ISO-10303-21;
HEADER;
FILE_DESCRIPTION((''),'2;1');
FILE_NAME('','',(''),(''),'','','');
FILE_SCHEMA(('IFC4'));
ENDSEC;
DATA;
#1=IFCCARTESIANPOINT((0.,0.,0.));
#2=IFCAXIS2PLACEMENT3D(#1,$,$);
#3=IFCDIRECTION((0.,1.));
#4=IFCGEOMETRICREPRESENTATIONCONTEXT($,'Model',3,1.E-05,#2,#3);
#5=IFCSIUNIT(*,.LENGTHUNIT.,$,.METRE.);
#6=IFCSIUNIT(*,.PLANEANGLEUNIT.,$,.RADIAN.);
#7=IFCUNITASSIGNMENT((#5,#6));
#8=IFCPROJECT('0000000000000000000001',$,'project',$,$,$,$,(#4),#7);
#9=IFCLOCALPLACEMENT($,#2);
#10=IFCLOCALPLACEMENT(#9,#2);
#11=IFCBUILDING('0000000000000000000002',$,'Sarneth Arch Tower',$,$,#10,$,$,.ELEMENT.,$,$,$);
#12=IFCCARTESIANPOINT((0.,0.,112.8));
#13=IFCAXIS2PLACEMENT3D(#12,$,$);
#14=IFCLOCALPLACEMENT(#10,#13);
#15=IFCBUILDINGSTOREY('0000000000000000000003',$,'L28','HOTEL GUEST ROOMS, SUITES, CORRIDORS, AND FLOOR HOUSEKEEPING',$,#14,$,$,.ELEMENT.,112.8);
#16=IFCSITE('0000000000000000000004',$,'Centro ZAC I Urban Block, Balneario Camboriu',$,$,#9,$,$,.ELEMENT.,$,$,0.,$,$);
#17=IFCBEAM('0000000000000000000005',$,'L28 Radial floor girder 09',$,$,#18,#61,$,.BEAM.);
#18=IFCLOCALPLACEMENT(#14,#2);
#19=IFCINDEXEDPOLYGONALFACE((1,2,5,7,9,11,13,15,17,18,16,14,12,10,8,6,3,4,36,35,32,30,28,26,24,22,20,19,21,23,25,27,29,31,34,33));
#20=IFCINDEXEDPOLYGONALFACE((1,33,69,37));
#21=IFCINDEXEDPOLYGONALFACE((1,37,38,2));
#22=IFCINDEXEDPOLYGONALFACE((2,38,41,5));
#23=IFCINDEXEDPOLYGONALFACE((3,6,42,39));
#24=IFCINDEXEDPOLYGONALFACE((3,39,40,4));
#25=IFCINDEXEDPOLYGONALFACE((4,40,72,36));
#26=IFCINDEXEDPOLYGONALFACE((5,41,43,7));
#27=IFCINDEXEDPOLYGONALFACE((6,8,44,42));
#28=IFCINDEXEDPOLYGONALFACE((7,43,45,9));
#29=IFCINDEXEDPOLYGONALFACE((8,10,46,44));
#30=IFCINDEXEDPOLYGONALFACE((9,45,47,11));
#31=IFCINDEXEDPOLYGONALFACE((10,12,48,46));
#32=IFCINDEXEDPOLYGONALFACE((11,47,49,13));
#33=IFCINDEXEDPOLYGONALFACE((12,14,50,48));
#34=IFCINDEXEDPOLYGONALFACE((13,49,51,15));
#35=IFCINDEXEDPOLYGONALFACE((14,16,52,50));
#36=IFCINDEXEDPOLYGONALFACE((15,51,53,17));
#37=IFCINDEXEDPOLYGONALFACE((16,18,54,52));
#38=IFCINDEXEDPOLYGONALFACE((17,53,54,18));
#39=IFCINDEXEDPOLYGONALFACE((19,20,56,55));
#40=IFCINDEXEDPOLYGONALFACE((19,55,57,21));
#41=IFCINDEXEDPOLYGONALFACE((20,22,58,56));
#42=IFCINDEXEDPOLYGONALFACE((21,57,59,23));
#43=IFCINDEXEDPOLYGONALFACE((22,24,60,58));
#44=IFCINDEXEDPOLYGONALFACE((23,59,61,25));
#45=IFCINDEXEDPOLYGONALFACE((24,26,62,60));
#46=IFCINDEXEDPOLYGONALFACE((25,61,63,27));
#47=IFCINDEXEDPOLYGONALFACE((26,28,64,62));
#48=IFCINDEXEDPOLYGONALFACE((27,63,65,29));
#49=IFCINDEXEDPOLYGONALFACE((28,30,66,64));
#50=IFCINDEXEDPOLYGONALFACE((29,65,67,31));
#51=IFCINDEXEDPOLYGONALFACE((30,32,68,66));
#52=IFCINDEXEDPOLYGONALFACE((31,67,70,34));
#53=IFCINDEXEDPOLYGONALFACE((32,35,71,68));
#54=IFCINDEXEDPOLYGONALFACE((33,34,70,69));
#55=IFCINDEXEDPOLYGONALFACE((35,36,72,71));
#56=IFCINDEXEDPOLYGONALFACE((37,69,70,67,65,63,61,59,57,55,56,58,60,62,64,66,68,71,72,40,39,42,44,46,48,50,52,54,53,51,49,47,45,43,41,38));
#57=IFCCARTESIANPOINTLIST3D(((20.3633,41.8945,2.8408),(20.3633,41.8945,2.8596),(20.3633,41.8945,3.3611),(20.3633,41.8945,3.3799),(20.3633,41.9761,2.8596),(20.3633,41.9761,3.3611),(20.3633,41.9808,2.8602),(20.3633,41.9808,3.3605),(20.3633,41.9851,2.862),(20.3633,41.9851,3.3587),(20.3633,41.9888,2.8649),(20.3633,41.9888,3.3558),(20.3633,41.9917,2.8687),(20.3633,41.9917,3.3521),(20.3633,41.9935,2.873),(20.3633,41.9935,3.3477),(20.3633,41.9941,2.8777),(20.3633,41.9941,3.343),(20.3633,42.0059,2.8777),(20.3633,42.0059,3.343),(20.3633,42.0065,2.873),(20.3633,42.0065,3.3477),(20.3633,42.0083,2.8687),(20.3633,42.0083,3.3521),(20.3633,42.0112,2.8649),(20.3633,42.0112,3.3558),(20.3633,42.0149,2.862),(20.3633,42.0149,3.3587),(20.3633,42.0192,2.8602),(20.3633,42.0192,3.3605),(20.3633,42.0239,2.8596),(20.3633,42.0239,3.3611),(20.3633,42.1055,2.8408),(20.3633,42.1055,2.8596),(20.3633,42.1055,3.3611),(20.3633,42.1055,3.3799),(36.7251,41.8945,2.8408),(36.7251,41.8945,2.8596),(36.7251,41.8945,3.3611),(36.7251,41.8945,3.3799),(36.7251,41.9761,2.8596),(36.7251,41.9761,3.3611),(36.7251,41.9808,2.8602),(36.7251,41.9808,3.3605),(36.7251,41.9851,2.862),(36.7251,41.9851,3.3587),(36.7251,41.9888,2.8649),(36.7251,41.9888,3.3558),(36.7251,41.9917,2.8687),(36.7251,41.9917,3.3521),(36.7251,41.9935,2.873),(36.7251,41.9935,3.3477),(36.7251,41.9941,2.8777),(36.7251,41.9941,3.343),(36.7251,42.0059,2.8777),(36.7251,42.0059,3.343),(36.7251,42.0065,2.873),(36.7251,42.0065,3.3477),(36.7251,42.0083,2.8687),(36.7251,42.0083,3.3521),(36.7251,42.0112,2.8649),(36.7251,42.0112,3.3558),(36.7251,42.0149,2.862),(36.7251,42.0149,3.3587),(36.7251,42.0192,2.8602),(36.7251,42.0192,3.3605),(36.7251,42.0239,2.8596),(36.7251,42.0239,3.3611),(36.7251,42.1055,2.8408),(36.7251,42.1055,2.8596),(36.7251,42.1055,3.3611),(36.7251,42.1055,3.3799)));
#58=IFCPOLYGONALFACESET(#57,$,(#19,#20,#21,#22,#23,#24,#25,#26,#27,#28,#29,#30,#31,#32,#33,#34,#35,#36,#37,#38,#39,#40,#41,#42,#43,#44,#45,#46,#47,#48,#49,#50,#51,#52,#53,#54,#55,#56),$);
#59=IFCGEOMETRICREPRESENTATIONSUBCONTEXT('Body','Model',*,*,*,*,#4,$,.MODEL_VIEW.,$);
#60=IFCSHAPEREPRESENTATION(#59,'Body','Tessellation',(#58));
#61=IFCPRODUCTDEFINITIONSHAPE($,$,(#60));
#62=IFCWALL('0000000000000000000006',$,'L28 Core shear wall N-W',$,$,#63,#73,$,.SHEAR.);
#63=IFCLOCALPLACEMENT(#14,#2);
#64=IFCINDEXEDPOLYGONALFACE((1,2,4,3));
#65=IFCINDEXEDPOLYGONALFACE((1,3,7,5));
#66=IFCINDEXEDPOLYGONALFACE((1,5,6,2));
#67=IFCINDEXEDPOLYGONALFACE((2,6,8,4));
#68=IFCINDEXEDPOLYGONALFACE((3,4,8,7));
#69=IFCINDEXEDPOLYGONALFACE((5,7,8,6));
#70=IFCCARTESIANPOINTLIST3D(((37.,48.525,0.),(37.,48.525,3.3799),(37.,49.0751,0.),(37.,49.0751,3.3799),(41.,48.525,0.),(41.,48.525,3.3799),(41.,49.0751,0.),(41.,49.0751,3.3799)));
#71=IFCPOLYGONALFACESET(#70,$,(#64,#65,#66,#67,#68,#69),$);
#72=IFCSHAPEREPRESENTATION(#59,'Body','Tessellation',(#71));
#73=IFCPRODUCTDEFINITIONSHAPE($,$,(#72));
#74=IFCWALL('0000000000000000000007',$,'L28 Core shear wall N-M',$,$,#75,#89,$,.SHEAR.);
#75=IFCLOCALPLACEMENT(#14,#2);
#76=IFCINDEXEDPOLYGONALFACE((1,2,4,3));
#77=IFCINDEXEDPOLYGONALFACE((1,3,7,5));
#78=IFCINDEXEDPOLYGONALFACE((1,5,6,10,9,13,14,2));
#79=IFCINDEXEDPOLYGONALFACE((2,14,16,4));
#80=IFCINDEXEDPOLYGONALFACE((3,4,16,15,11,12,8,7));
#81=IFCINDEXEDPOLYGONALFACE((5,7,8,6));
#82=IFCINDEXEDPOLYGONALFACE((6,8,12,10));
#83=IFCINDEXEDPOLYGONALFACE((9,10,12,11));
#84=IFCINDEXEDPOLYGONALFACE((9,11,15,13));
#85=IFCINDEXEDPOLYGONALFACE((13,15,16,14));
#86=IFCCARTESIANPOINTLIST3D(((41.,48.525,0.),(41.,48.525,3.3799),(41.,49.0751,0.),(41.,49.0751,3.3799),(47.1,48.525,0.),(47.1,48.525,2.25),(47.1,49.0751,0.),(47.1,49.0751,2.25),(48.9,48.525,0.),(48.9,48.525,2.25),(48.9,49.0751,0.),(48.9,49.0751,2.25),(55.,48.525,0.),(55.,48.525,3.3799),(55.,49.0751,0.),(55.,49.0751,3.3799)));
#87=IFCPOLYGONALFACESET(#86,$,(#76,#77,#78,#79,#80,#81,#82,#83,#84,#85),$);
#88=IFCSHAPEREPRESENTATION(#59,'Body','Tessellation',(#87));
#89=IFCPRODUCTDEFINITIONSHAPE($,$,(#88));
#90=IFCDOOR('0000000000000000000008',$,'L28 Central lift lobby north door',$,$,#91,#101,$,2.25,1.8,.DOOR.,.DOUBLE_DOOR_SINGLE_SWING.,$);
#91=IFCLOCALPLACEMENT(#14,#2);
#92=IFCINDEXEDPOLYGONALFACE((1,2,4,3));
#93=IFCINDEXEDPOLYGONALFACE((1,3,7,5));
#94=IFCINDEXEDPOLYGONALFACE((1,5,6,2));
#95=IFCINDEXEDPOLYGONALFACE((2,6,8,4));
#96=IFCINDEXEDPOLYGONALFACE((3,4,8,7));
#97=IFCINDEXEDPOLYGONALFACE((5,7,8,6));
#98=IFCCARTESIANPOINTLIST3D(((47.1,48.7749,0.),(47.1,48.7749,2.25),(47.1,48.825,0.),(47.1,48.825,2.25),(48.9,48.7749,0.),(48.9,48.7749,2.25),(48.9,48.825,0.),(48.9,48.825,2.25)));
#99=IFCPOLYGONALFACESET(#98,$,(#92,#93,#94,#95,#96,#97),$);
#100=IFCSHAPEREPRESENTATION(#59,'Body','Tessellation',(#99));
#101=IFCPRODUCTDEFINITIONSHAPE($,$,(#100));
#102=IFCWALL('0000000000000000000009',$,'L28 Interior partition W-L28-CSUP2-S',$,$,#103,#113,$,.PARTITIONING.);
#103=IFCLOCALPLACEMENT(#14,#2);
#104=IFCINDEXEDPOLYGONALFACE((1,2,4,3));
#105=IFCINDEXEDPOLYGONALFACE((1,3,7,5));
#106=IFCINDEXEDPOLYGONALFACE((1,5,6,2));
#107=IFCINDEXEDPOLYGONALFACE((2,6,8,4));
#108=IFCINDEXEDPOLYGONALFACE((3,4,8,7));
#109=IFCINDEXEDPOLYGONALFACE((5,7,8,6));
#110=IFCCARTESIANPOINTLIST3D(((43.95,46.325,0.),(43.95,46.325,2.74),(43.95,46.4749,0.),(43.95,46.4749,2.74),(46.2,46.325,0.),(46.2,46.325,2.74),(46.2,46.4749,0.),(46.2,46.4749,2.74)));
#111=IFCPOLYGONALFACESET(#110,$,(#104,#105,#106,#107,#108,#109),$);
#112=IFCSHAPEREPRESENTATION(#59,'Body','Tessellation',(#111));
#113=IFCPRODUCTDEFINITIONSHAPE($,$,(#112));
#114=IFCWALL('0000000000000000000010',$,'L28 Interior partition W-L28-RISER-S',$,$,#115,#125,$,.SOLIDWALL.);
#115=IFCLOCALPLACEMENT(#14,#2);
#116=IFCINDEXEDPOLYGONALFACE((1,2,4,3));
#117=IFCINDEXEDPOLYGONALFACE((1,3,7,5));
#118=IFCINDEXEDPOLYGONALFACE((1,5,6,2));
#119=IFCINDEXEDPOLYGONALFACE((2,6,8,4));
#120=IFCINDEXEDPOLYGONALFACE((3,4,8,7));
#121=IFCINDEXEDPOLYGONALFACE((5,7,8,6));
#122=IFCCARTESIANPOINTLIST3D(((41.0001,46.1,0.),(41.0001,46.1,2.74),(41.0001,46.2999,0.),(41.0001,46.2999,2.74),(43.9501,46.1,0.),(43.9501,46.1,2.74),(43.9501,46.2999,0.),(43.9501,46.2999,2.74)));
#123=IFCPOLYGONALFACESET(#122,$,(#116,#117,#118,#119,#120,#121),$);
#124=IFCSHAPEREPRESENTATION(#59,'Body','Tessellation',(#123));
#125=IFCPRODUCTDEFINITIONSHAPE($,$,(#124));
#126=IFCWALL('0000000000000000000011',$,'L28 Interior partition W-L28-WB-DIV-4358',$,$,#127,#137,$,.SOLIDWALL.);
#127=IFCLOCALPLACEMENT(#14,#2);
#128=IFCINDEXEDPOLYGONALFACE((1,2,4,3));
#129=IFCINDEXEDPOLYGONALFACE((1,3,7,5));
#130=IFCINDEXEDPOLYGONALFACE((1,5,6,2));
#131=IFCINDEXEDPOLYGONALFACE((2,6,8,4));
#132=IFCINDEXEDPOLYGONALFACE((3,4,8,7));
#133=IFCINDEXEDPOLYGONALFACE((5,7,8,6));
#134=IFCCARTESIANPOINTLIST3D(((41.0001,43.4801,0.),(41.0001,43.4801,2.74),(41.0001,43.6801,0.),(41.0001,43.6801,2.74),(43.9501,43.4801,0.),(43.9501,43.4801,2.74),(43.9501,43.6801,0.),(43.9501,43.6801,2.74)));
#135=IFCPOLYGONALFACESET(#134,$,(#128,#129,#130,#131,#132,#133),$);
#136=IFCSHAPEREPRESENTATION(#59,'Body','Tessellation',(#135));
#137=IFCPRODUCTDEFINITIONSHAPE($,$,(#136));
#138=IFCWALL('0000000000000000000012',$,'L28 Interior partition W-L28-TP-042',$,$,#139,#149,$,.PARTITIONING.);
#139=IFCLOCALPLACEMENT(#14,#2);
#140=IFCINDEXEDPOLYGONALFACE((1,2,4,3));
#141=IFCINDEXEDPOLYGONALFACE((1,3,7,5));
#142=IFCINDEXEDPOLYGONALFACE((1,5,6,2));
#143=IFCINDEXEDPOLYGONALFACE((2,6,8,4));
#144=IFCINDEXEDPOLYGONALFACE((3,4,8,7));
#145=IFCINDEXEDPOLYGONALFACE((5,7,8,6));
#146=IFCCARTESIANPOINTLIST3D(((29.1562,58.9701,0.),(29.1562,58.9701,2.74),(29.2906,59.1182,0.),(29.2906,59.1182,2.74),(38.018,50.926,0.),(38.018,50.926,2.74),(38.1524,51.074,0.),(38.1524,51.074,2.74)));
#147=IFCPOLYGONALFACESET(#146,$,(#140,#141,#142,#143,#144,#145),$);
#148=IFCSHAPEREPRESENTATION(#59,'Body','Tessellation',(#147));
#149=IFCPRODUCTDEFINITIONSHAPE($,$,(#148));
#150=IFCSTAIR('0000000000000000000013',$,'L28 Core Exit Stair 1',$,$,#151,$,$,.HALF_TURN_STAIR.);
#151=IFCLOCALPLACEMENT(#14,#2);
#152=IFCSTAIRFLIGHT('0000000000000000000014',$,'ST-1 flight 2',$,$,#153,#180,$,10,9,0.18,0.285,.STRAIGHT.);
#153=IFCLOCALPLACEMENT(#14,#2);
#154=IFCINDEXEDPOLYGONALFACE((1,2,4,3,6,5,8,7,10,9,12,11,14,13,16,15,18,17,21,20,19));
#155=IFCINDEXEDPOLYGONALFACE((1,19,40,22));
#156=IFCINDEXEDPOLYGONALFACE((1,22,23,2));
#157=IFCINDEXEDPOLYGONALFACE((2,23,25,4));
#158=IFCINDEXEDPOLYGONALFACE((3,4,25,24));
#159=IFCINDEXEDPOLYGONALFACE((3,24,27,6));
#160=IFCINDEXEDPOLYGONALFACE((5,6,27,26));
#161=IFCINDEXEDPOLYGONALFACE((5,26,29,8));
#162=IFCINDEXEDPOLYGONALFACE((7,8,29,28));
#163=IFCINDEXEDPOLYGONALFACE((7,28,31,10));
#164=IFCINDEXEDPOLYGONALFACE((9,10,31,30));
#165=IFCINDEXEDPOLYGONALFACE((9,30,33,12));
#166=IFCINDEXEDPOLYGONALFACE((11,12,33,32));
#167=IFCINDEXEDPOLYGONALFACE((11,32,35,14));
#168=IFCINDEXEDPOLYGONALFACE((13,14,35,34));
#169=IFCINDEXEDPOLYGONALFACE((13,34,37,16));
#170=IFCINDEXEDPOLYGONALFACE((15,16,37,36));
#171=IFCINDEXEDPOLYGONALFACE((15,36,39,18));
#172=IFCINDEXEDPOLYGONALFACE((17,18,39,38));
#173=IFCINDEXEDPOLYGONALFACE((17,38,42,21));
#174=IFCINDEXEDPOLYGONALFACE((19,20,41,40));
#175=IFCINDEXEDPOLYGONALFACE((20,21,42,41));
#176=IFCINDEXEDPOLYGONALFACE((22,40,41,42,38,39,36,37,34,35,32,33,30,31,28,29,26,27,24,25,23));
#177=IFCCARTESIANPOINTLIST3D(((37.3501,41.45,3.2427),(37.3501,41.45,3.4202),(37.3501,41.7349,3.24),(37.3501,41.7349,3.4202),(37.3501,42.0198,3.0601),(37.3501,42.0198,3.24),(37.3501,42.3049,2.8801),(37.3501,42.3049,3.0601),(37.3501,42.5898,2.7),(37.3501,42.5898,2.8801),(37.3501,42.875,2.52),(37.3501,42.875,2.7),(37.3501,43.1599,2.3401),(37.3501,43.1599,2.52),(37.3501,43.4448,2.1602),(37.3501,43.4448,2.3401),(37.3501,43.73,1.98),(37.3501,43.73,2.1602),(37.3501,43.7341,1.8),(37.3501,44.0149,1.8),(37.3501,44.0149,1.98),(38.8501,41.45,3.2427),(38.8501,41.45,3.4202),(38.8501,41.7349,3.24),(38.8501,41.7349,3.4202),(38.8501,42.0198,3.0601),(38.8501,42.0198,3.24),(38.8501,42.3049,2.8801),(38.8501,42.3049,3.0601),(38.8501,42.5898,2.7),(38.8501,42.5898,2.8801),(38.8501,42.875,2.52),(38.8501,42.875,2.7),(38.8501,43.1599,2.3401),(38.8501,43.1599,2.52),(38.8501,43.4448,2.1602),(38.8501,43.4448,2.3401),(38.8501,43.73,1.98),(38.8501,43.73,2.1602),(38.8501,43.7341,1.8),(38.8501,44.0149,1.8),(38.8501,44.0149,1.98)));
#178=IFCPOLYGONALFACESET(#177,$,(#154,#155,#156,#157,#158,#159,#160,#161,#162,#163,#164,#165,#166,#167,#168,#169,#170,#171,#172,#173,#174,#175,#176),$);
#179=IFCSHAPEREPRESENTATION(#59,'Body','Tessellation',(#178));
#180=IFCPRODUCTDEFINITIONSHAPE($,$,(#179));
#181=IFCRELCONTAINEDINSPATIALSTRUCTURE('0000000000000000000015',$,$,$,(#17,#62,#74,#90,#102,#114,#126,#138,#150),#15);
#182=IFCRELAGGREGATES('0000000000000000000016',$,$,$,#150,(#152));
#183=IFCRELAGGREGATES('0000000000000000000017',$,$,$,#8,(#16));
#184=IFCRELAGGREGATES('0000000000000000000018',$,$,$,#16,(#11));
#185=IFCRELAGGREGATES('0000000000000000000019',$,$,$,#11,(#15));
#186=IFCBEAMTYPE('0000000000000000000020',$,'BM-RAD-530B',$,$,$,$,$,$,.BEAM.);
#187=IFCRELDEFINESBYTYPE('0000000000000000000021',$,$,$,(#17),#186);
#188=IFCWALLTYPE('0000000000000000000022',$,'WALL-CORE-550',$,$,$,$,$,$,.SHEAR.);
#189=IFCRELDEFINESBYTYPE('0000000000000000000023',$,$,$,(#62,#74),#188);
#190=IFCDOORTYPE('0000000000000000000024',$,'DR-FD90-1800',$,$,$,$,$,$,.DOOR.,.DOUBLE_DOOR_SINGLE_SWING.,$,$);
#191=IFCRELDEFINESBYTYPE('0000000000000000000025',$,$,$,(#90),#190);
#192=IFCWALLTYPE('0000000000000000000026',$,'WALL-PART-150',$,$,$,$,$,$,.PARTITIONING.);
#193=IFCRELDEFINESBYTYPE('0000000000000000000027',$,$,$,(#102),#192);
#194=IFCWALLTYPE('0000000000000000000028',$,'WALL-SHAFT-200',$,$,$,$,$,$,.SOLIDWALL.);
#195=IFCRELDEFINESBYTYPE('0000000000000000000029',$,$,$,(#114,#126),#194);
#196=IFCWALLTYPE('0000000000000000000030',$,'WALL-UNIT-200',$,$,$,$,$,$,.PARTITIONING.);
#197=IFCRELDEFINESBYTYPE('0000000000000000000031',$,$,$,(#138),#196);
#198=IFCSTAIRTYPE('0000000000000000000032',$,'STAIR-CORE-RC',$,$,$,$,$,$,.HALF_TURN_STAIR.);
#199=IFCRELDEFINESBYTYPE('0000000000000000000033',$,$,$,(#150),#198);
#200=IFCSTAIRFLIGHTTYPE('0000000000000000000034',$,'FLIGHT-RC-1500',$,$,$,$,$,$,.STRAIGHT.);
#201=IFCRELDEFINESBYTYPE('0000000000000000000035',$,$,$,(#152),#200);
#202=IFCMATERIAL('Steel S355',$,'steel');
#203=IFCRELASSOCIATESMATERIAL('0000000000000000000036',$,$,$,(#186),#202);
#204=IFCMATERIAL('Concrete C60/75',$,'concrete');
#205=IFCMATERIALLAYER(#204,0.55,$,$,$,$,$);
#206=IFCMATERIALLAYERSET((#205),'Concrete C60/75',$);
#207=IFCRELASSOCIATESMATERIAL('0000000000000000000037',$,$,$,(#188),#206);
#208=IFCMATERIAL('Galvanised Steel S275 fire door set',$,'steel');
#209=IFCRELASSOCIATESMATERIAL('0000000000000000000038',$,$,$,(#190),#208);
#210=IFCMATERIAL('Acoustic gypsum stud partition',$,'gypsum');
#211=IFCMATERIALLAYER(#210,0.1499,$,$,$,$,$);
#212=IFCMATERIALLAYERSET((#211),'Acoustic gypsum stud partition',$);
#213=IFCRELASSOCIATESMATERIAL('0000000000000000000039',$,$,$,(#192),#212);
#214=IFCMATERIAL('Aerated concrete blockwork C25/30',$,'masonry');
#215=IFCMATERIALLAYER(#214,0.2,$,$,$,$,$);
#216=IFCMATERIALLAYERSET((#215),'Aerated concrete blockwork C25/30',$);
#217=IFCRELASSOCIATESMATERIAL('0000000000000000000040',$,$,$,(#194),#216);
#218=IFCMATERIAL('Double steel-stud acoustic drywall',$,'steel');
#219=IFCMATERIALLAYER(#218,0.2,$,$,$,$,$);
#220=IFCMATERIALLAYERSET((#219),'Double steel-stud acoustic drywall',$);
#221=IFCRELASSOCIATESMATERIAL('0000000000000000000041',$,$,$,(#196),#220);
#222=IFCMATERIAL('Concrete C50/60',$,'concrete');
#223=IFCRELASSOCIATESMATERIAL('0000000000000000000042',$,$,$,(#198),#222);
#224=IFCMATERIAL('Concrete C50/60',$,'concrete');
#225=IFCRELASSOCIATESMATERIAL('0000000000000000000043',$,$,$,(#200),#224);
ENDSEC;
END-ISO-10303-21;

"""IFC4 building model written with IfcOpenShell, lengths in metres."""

from ifc_helpers import new_model, si_unit, direction, frame, frame_2d, origin, origin_2d, place, context, subcontext, project, spatial, polyline, rectangle, i_section, outline, extrude, material, layer, layer_set, material_profile, profile_set, type_object, element, fill, aggregate, save


model = new_model("IFC4")

# Units and contexts
model_context = context("Model", 3, precision=1e-05, world=origin(), true_north=direction((0.0, 1.0)))
body_context = subcontext(model_context, "Body", "Model", "MODEL_VIEW")
ifc_project = project(units=[si_unit("LENGTHUNIT", "METRE"), si_unit("PLANEANGLEUNIT", "RADIAN")], contexts=[model_context])

# Site, building, storey
site_placement = place(None, origin())
site = spatial("IfcSite", under=ifc_project, at=site_placement, Name="Centro ZAC I Urban Block, Balneario Camboriu", CompositionType="ELEMENT", RefElevation=0.0)
building_placement = place(site_placement, origin())
building = spatial("IfcBuilding", under=site, at=building_placement, Name="Sarneth Arch Tower", CompositionType="ELEMENT")
storey_placement = place(building_placement, frame((0.0, 0.0, 112.8)))
storey = spatial("IfcBuildingStorey", under=building, at=storey_placement, Name="L28", Description="HOTEL GUEST ROOMS, SUITES, CORRIDORS, AND FLOOR HOUSEKEEPING", CompositionType="ELEMENT", Elevation=112.8)

# Beam
ifc_material_1 = material(Name="Steel S355", Category="steel")
ifc_material_profile = material_profile(ifc_material_1, i_section(OverallWidth=0.2109, OverallDepth=0.5391, WebThickness=0.0117, FlangeThickness=0.0188, FilletRadius=0.0181, at=origin_2d()), Name="W530x109")
ifc_profile_set = profile_set([ifc_material_profile], Name="Steel S355")
beam_type = type_object("IfcBeamType", Name="BM-RAD-530B", PredefinedType="BEAM", material=ifc_profile_set)
beam_1_placement = place(storey_placement, frame((36.7251, 42.0, 3.1104), z_axis=(-1.0, 0.0, 0.0), x_axis=(0.0, -1.0, 0.0)))
element("IfcBeam", 1, at=beam_1_placement, inside=storey, type_object=beam_type, Name="L28 Radial floor girder 09", PredefinedType="BEAM", context=body_context, shape_type="SweptSolid", body=[
    extrude(i_section(OverallWidth=0.2109, OverallDepth=0.5391, WebThickness=0.0117, FlangeThickness=0.0188, FilletRadius=0.0181, at=origin_2d()), origin(), (0.0, 0.0, 1.0), 16.3618),
])

# Wall
ifc_material_2 = material(Name="Concrete C60/75", Category="concrete")
ifc_layer_1 = layer(ifc_material_2, 0.55)
ifc_layer_set_1 = layer_set([ifc_layer_1], Name="Concrete C60/75")
wall_type_1 = type_object("IfcWallType", Name="WALL-CORE-550", PredefinedType="SHEAR", material=ifc_layer_set_1)
wall_1_placement = place(storey_placement, frame((37.0, 48.8, 0.0), z_axis=(0.0, 0.0, 1.0), x_axis=(1.0, 0.0, 0.0)))
element("IfcWall", 2, at=wall_1_placement, inside=storey, type_object=wall_type_1, Name="L28 Core shear wall N-W", PredefinedType="SHEAR", context=body_context, shape_type="SweptSolid", body=[
    extrude(rectangle(XDim=4.0, YDim=0.55, at=frame_2d((2.0, 0.0))), origin(), (0.0, 0.0, 1.0), 3.3799),
])

# Wall, opening, door
wall_2_placement = place(storey_placement, frame((41.0, 48.8, 0.0), z_axis=(0.0, 0.0, 1.0), x_axis=(1.0, 0.0, 0.0)))
wall_2 = element("IfcWall", 3, at=wall_2_placement, inside=storey, type_object=wall_type_1, Name="L28 Core shear wall N-M", PredefinedType="SHEAR", context=body_context, shape_type="SweptSolid", body=[
    extrude(rectangle(XDim=14.0, YDim=0.55, at=frame_2d((7.0, 0.0))), origin(), (0.0, 0.0, 1.0), 3.3799),
])
opening_1_placement = place(wall_2_placement, frame((6.1001, 0.0, 0.0)))
opening_1 = element("IfcOpeningElement", 4, at=opening_1_placement, cuts=wall_2, PredefinedType="OPENING", context=body_context, shape_type="SweptSolid", body=[
    extrude(rectangle(XDim=1.8, YDim=2.25, at=frame_2d((0.8999, 1.125))), frame((0.0, 0.2849, 0.0), z_axis=(0.0, -1.0, 0.0), x_axis=(1.0, 0.0, 0.0)), (0.0, 0.0, 1.0), 0.5701),
])
ifc_material_3 = material(Name="Galvanised Steel S275 fire door set", Category="steel")
door_type_1 = type_object("IfcDoorType", Name="DR-FD90-1800", OperationType="DOUBLE_DOOR_SINGLE_SWING", PredefinedType="DOOR", material=ifc_material_3)
door_1_placement = place(opening_1_placement, origin())
door_1 = element("IfcDoor", 5, at=door_1_placement, inside=storey, type_object=door_type_1, Name="L28 Central lift lobby north door", OperationType="DOUBLE_DOOR_SINGLE_SWING", OverallHeight=2.25, OverallWidth=1.8, PredefinedType="DOOR", context=body_context, shape_type="SweptSolid", body=[
    extrude(rectangle(XDim=1.8, YDim=2.25, at=frame_2d((0.8999, 1.125))), frame((0.0, 0.0249, 0.0), z_axis=(0.0, -1.0, 0.0), x_axis=(1.0, 0.0, 0.0)), (0.0, 0.0, 1.0), 0.05),
])
fill(opening_1, door_1)

# Wall
ifc_material_4 = material(Name="Acoustic gypsum stud partition", Category="gypsum")
ifc_layer_2 = layer(ifc_material_4, 0.1499)
ifc_layer_set_2 = layer_set([ifc_layer_2], Name="Acoustic gypsum stud partition")
wall_type_2 = type_object("IfcWallType", Name="WALL-PART-150", PredefinedType="PARTITIONING", material=ifc_layer_set_2)
wall_3_placement = place(storey_placement, frame((43.95, 46.3999, 0.0), z_axis=(0.0, 0.0, 1.0), x_axis=(1.0, 0.0, 0.0)))
element("IfcWall", 6, at=wall_3_placement, inside=storey, type_object=wall_type_2, Name="L28 Interior partition W-L28-CSUP2-S", PredefinedType="PARTITIONING", context=body_context, shape_type="SweptSolid", body=[
    extrude(rectangle(XDim=2.25, YDim=0.1499, at=frame_2d((1.125, 0.0))), origin(), (0.0, 0.0, 1.0), 2.74),
])

# Wall
ifc_material_5 = material(Name="Aerated concrete blockwork C25/30", Category="masonry")
ifc_layer_3 = layer(ifc_material_5, 0.2)
ifc_layer_set_3 = layer_set([ifc_layer_3], Name="Aerated concrete blockwork C25/30")
wall_type_3 = type_object("IfcWallType", Name="WALL-SHAFT-200", PredefinedType="SOLIDWALL", material=ifc_layer_set_3)
wall_4_placement = place(storey_placement, frame((41.0, 46.2, 0.0), z_axis=(0.0, 0.0, 1.0), x_axis=(1.0, 0.0, 0.0)))
element("IfcWall", 7, at=wall_4_placement, inside=storey, type_object=wall_type_3, Name="L28 Interior partition W-L28-RISER-S", PredefinedType="SOLIDWALL", context=body_context, shape_type="SweptSolid", body=[
    extrude(rectangle(XDim=2.95, YDim=0.2, at=frame_2d((1.4751, 0.0))), origin(), (0.0, 0.0, 1.0), 2.74),
])

# Walls
wall_5_placement = place(storey_placement, frame((41.0, 43.5801, 0.0), z_axis=(0.0, 0.0, 1.0), x_axis=(1.0, 0.0, 0.0)))
element("IfcWall", 8, at=wall_5_placement, inside=storey, type_object=wall_type_3, Name="L28 Interior partition W-L28-WB-DIV-4358", PredefinedType="SOLIDWALL", context=body_context, shape_type="SweptSolid", body=[
    extrude(rectangle(XDim=2.95, YDim=0.2, at=frame_2d((1.4751, 0.0))), origin(), (0.0, 0.0, 1.0), 2.74),
])
ifc_material_6 = material(Name="Double steel-stud acoustic drywall", Category="steel")
ifc_layer_4 = layer(ifc_material_6, 0.2)
ifc_layer_set_4 = layer_set([ifc_layer_4], Name="Double steel-stud acoustic drywall")
wall_type_4 = type_object("IfcWallType", Name="WALL-UNIT-200", PredefinedType="PARTITIONING", material=ifc_layer_set_4)
wall_6_placement = place(storey_placement, frame((38.0852, 51.0, 0.0), z_axis=(0.0, 0.0, 1.0), x_axis=(-0.740439, 0.672123, 0.0)))
element("IfcWall", 9, at=wall_6_placement, inside=storey, type_object=wall_type_4, Name="L28 Interior partition W-L28-TP-042", PredefinedType="PARTITIONING", context=body_context, shape_type="SweptSolid", body=[
    extrude(rectangle(XDim=11.9683, YDim=0.2, at=frame_2d((5.9841, 0.0))), origin(), (0.0, 0.0, 1.0), 2.74),
])

# Stair, stair flight
ifc_material_7 = material(Name="Concrete C50/60", Category="concrete")
stair_type = type_object("IfcStairType", Name="STAIR-CORE-RC", PredefinedType="HALF_TURN_STAIR", material=ifc_material_7)
stair_placement = place(storey_placement, origin())
stair = element("IfcStair", 10, at=stair_placement, inside=storey, type_object=stair_type, Name="L28 Core Exit Stair 1", PredefinedType="HALF_TURN_STAIR")
ifc_material_8 = material(Name="Concrete C50/60", Category="concrete")
stair_flight_type = type_object("IfcStairFlightType", Name="FLIGHT-RC-1500", PredefinedType="STRAIGHT", material=ifc_material_8)
stair_flight_placement = place(storey_placement, frame((38.1001, 44.0149, 1.8), z_axis=(0.0, 0.0, 1.0), x_axis=(0.0, -1.0, 0.0)))
stair_flight = element("IfcStairFlight", 11, at=stair_flight_placement, type_object=stair_flight_type, Name="ST-1 flight 2", NumberOfRisers=10, NumberOfTreads=9, PredefinedType="STRAIGHT", RiserHeight=0.18, TreadLength=0.285, context=body_context, shape_type="SweptSolid", body=[
    extrude(outline(polyline([(0.0, 0.0), (0.0, 0.1799), (0.2849, 0.1799), (0.2849, 0.3601), (0.5701, 0.3601), (0.5701, 0.54), (0.855, 0.54), (0.855, 0.72), (1.1399, 0.72), (1.1399, 0.8999), (1.425, 0.8999), (1.425, 1.0801), (1.71, 1.0801), (1.71, 1.26), (1.9951, 1.26), (1.9951, 1.4399), (2.28, 1.4399), (2.28, 1.6201), (2.5649, 1.6201), (2.5649, 1.8), (2.5649, 1.4426), (0.2808, 0.0), (0.0, 0.0)])), frame((0.0, 0.75, 0.0), z_axis=(0.0, -1.0, 0.0), x_axis=(1.0, 0.0, 0.0)), (0.0, 0.0, 1.0), 1.5),
])
aggregate(stair, [stair_flight])

save(model, "model.ifc")
